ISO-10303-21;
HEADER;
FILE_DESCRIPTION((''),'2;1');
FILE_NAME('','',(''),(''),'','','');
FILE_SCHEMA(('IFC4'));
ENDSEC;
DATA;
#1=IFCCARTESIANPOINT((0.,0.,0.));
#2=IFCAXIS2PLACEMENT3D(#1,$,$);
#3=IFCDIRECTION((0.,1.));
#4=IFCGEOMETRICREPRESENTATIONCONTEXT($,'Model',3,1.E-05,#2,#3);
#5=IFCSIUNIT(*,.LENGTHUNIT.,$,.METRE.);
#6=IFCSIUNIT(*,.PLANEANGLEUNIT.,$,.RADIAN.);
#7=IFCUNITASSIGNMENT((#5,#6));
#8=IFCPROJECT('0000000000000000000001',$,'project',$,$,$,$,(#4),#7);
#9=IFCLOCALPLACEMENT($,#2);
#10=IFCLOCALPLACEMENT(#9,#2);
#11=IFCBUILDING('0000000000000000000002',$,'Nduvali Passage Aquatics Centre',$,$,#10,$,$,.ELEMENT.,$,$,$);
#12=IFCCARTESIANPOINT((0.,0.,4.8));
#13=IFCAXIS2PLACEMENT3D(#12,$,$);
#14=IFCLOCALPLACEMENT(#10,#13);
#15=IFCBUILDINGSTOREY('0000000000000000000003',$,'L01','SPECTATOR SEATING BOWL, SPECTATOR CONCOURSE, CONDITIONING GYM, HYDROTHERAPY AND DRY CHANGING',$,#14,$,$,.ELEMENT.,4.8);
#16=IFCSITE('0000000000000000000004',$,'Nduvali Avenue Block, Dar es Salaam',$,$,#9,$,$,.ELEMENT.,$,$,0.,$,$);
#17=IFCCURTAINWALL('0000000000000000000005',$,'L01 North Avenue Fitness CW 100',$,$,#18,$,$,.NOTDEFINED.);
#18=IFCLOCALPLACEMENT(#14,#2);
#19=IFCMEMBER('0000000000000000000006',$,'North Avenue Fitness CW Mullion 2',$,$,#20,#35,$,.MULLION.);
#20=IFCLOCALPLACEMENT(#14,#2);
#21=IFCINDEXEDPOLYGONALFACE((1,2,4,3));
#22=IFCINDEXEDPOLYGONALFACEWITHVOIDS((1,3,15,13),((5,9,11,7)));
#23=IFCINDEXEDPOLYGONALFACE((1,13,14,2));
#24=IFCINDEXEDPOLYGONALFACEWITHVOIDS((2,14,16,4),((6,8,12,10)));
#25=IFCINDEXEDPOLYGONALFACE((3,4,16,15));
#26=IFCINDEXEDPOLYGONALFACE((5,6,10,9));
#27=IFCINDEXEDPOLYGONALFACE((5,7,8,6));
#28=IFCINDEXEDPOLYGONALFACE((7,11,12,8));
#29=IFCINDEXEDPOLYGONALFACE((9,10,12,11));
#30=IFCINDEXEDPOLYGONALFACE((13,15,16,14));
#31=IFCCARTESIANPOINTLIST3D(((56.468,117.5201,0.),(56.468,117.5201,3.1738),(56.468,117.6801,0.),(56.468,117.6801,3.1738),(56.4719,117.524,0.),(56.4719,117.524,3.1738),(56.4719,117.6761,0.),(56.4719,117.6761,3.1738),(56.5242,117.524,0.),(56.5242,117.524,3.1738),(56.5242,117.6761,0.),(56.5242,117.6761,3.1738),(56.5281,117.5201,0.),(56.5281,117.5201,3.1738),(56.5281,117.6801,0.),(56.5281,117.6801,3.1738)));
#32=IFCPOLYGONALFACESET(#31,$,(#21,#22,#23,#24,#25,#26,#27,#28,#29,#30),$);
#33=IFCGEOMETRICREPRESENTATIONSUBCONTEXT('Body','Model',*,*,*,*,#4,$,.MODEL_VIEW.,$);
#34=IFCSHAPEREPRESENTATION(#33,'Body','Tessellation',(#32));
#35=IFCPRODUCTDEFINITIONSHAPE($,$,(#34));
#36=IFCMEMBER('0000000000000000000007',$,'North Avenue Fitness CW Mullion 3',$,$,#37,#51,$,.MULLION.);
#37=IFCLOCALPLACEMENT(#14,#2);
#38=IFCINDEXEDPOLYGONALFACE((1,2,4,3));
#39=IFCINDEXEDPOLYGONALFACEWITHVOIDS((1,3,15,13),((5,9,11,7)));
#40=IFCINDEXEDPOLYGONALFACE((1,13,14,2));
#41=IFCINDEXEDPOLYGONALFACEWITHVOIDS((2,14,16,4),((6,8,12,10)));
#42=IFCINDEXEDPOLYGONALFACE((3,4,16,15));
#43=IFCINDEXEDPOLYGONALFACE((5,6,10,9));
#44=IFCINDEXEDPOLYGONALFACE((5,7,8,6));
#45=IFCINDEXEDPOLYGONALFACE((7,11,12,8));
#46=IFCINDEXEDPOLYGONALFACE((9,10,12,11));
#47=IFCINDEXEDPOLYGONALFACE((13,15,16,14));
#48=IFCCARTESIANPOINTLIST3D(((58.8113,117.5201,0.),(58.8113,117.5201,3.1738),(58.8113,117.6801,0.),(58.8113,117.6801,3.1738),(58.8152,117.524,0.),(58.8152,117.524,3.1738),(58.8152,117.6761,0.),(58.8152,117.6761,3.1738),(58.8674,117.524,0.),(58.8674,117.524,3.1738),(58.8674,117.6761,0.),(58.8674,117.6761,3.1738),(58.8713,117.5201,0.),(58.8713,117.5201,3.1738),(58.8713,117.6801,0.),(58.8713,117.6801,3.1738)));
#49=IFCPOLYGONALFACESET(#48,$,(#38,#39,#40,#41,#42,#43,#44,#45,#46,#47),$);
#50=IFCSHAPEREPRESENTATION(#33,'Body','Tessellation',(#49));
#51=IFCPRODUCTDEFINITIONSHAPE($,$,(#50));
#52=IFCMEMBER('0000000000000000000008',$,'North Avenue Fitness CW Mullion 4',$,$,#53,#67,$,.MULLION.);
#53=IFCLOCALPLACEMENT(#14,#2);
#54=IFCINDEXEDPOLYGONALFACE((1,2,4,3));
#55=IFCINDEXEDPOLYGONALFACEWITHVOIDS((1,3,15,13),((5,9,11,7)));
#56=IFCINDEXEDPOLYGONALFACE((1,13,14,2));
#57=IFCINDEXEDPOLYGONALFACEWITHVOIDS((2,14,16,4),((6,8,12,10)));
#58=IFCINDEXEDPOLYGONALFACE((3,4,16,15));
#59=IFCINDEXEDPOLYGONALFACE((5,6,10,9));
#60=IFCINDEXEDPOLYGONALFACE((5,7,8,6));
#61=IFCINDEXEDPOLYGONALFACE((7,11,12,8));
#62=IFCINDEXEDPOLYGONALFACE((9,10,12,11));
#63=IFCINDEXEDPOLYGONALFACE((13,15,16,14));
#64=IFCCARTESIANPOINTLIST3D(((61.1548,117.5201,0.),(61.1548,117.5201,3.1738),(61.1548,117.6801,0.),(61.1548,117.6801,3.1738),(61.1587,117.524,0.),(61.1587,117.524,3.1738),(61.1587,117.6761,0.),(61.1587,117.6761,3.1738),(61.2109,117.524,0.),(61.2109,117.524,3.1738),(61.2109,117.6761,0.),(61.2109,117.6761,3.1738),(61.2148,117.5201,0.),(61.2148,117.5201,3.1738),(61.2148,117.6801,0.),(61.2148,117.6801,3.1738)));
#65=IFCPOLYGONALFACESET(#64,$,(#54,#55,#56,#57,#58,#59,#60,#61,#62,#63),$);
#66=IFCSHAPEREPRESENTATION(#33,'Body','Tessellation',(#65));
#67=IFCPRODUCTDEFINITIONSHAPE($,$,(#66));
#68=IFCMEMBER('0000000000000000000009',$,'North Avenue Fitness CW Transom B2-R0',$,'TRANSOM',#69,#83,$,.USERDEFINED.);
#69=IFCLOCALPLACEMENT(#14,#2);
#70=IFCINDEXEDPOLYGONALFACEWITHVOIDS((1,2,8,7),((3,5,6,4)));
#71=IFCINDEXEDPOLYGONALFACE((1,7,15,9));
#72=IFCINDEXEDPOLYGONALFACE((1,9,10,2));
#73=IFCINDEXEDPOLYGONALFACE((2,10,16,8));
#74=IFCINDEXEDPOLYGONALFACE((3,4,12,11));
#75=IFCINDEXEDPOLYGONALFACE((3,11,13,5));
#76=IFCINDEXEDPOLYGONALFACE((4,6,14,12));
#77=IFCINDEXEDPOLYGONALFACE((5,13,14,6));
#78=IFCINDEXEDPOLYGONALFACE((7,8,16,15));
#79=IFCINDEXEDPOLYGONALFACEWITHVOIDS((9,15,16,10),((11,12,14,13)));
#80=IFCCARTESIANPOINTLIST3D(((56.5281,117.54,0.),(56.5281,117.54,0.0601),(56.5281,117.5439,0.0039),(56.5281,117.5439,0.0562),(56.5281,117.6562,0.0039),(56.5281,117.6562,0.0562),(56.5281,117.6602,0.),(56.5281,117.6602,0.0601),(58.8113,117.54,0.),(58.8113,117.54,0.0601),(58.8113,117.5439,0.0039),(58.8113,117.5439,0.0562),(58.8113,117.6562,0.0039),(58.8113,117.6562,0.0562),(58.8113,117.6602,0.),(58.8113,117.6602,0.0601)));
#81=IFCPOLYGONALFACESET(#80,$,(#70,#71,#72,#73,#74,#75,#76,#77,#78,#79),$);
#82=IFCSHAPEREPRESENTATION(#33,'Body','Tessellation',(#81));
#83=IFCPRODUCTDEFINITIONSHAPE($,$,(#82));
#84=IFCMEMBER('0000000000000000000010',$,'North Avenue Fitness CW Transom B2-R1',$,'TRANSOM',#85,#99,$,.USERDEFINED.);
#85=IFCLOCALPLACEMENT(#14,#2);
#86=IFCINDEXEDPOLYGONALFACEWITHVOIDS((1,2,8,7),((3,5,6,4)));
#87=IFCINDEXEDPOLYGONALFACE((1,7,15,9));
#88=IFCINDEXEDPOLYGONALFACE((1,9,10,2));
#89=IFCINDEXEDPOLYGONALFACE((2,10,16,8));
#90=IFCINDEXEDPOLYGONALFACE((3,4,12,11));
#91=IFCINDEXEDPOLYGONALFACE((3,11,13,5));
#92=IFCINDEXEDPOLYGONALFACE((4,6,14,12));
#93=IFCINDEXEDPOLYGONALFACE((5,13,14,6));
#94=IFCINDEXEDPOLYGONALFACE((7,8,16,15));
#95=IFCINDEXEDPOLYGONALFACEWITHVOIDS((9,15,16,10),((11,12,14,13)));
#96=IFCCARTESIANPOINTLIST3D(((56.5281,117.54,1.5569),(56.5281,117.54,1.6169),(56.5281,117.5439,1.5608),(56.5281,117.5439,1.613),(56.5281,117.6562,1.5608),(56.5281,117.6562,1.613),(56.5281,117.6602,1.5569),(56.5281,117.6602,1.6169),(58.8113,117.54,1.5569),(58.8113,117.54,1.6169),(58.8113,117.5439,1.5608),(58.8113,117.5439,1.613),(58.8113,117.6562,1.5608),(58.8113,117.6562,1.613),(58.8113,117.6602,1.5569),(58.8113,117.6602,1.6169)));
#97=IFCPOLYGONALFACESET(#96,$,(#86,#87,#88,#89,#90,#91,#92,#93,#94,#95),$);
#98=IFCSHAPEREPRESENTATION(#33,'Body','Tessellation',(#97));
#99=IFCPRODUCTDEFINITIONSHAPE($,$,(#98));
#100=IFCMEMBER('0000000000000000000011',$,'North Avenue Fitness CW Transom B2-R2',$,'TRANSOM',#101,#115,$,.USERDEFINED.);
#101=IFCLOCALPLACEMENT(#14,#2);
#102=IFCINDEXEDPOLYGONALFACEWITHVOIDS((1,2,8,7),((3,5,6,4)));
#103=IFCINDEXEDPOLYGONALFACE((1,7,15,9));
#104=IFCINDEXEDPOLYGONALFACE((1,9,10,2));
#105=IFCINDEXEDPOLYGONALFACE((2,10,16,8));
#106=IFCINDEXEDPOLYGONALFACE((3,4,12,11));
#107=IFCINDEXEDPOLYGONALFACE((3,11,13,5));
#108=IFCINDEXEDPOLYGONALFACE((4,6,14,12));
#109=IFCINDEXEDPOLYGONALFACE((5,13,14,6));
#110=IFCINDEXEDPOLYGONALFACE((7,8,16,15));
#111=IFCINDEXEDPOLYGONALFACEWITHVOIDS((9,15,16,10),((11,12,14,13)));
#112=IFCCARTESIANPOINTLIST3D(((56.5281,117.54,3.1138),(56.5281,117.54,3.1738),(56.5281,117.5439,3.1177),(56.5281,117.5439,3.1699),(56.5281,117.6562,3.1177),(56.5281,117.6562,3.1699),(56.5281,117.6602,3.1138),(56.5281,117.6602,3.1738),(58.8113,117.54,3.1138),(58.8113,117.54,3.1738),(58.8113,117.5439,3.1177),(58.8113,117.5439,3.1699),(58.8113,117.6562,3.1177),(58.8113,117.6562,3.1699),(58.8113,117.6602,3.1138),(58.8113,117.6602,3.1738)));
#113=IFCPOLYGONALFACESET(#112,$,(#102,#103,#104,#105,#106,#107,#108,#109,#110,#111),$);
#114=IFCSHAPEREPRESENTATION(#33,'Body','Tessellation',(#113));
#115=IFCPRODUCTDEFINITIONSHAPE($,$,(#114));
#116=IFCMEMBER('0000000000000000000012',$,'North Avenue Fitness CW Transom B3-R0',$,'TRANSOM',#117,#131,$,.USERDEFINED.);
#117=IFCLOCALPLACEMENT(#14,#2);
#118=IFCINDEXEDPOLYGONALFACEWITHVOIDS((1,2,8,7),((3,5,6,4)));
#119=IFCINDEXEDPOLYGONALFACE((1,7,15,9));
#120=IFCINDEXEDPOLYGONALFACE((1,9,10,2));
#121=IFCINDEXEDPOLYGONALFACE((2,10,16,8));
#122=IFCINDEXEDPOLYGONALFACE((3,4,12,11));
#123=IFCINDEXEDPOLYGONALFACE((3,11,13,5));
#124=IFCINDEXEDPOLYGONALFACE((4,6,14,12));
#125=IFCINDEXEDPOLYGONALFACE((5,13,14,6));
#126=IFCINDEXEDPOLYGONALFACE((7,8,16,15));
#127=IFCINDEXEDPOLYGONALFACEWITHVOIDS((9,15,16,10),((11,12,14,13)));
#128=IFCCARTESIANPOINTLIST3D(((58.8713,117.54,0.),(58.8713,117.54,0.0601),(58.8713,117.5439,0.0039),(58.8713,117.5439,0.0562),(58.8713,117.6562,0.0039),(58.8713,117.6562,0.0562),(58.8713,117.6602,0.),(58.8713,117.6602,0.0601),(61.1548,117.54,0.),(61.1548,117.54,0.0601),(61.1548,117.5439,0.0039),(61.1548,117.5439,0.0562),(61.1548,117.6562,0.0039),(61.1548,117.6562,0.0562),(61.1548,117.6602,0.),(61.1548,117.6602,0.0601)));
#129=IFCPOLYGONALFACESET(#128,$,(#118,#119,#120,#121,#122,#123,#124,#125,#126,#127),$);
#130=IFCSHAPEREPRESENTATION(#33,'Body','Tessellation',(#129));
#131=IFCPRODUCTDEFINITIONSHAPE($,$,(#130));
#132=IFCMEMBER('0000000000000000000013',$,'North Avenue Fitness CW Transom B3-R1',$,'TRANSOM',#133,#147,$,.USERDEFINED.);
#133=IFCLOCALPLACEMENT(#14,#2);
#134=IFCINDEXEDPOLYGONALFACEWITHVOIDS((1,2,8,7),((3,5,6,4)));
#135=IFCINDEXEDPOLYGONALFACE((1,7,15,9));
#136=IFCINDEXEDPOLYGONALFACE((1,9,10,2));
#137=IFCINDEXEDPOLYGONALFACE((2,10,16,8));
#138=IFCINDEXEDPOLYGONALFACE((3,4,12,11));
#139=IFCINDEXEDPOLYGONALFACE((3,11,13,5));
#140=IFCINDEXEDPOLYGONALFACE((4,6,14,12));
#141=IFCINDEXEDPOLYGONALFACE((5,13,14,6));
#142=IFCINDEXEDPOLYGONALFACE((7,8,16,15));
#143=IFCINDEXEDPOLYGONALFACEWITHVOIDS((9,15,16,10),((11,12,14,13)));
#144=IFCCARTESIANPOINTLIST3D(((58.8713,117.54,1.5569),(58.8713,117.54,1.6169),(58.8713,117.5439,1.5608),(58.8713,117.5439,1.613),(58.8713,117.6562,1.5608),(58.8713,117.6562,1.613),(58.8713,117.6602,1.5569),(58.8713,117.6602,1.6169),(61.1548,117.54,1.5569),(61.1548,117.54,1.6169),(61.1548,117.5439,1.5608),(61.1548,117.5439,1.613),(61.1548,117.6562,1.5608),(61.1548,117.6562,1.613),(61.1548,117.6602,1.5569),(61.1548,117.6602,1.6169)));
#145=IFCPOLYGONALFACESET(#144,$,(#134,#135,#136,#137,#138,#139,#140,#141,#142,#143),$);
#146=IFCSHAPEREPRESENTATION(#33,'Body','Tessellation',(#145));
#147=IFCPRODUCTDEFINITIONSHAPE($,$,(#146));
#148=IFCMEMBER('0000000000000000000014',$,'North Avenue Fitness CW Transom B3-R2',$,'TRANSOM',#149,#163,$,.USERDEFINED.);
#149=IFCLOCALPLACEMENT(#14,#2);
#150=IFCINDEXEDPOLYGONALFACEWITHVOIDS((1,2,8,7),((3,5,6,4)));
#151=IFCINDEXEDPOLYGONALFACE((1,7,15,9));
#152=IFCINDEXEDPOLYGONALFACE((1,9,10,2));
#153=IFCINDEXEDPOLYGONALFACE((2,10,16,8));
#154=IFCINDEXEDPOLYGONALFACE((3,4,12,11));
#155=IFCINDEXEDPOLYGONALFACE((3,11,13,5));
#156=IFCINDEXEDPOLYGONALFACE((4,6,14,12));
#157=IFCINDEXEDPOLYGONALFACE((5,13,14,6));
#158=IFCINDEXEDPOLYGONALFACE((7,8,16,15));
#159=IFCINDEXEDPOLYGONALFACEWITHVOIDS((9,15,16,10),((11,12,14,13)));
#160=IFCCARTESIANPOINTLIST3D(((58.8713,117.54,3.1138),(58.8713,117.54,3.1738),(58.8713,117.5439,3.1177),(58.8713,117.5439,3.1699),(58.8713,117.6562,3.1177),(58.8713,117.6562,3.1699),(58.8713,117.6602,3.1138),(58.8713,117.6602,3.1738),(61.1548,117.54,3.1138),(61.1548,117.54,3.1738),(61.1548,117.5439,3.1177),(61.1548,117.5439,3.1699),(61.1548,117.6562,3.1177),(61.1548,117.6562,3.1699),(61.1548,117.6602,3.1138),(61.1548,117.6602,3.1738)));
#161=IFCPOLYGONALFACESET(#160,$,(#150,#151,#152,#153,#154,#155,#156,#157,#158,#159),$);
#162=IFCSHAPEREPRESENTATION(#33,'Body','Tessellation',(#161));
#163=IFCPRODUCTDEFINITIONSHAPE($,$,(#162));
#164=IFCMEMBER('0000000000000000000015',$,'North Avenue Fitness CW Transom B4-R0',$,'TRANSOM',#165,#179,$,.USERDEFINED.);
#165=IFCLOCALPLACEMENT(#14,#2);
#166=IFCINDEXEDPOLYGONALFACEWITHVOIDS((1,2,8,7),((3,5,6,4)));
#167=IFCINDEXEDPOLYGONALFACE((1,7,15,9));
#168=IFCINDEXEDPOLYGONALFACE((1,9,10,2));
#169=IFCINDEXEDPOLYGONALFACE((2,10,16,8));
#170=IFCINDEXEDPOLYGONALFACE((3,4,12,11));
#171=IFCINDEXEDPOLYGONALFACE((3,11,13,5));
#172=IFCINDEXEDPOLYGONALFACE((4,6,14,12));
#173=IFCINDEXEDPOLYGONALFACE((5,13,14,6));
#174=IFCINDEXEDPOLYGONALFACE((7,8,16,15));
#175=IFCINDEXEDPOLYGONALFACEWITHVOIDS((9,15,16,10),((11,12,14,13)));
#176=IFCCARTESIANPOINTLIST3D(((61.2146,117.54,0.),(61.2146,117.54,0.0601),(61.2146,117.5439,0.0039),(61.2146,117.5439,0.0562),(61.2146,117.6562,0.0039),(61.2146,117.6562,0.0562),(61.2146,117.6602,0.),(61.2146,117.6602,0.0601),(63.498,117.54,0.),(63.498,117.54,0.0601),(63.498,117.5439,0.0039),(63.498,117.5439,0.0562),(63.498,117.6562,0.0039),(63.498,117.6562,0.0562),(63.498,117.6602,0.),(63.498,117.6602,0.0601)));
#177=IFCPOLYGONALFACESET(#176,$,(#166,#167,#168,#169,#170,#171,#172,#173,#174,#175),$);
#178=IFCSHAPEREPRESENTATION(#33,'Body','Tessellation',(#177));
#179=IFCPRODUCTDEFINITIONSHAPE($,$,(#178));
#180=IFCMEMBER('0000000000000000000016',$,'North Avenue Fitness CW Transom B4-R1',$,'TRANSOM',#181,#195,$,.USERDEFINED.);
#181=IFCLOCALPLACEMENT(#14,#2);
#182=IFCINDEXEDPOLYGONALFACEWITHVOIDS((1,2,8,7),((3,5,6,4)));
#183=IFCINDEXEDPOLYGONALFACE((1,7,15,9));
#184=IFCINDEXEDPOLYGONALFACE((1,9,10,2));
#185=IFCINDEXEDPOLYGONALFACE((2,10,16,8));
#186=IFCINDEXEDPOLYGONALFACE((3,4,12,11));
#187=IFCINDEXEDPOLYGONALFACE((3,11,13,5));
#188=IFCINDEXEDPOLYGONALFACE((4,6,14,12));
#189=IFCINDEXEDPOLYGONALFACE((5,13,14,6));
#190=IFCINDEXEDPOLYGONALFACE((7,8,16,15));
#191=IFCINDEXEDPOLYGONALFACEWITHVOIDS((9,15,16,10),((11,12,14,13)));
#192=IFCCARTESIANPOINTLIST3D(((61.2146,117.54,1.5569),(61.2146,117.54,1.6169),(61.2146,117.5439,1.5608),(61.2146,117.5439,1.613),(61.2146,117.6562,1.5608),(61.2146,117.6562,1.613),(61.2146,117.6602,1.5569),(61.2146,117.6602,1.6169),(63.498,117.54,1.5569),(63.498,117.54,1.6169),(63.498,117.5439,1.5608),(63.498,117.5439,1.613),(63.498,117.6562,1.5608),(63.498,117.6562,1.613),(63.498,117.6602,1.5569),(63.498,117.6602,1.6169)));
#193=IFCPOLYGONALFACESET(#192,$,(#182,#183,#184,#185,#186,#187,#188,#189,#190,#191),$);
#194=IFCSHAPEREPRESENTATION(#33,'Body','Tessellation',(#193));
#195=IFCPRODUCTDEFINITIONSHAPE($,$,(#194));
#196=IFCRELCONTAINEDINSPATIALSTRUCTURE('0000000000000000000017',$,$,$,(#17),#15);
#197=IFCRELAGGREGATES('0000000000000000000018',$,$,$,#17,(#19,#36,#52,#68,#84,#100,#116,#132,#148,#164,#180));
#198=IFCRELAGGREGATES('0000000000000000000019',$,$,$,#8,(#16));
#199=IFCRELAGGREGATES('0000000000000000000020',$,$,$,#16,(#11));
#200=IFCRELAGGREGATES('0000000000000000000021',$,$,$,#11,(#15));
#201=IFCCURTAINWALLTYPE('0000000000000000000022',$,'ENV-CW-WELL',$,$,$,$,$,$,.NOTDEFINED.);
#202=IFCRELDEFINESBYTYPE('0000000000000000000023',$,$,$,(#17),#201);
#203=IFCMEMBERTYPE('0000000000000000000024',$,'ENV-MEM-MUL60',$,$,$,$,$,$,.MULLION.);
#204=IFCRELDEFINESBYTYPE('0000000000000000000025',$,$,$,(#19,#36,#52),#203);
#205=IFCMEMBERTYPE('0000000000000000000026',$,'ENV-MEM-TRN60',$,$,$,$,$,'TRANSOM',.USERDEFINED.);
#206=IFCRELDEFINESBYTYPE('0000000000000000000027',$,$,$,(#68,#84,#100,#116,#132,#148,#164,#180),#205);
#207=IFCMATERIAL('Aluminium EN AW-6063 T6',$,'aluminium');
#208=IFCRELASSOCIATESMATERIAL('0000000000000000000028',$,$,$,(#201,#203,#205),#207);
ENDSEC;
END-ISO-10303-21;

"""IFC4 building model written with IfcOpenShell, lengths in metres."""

from ifc_helpers import new_model, si_unit, direction, frame, origin, origin_2d, place, context, subcontext, project, spatial, hollow_rectangle, extrude, material, material_profile, profile_set, type_object, element, aggregate, save


model = new_model("IFC4")

# Units and contexts
model_context = context("Model", 3, precision=1e-05, world=origin(), true_north=direction((0.0, 1.0)))
body_context = subcontext(model_context, "Body", "Model", "MODEL_VIEW")
ifc_project = project(units=[si_unit("LENGTHUNIT", "METRE"), si_unit("PLANEANGLEUNIT", "RADIAN")], contexts=[model_context])

# Site, building, storey
site_placement = place(None, origin())
site = spatial("IfcSite", under=ifc_project, at=site_placement, Name="Nduvali Avenue Block, Dar es Salaam", CompositionType="ELEMENT", RefElevation=0.0)
building_placement = place(site_placement, origin())
building = spatial("IfcBuilding", under=site, at=building_placement, Name="Nduvali Passage Aquatics Centre", CompositionType="ELEMENT")
storey_placement = place(building_placement, frame((0.0, 0.0, 4.8)))
storey = spatial("IfcBuildingStorey", under=building, at=storey_placement, Name="L01", Description="SPECTATOR SEATING BOWL, SPECTATOR CONCOURSE, CONDITIONING GYM, HYDROTHERAPY AND DRY CHANGING", CompositionType="ELEMENT", Elevation=4.8)

# Curtain wall, members
ifc_material_1 = material(Name="Aluminium EN AW-6063 T6", Category="aluminium")
curtain_wall_type = type_object("IfcCurtainWallType", Name="ENV-CW-WELL", PredefinedType="NOTDEFINED", material=ifc_material_1)
curtain_wall_placement = place(storey_placement, origin())
curtain_wall = element("IfcCurtainWall", 1, at=curtain_wall_placement, inside=storey, type_object=curtain_wall_type, Name="L01 North Avenue Fitness CW 100", PredefinedType="NOTDEFINED")
ifc_material_profile_1 = material_profile(ifc_material_1, hollow_rectangle(XDim=0.0601, YDim=0.1599, WallThickness=0.0039, at=origin_2d()), Name="ALU MULLION 60x160x4")
ifc_profile_set_1 = profile_set([ifc_material_profile_1], Name="Aluminium EN AW-6063 T6")
member_type_1 = type_object("IfcMemberType", Name="ENV-MEM-MUL60", PredefinedType="MULLION", material=ifc_profile_set_1)
member_1_placement = place(storey_placement, frame((56.498, 117.6001, 0.0), z_axis=(0.0, 0.0, 1.0), x_axis=(1.0, 0.0, 0.0)))
member_1 = element("IfcMember", 2, at=member_1_placement, type_object=member_type_1, Name="North Avenue Fitness CW Mullion 2", PredefinedType="MULLION", context=body_context, shape_type="SweptSolid", body=[
    extrude(hollow_rectangle(XDim=0.0601, YDim=0.1599, WallThickness=0.0039, at=origin_2d()), origin(), (0.0, 0.0, 1.0), 3.1738),
])
member_2_placement = place(storey_placement, frame((58.8413, 117.6001, 0.0), z_axis=(0.0, 0.0, 1.0), x_axis=(1.0, 0.0, 0.0)))
member_2 = element("IfcMember", 3, at=member_2_placement, type_object=member_type_1, Name="North Avenue Fitness CW Mullion 3", PredefinedType="MULLION", context=body_context, shape_type="SweptSolid", body=[
    extrude(hollow_rectangle(XDim=0.0601, YDim=0.1599, WallThickness=0.0039, at=origin_2d()), origin(), (0.0, 0.0, 1.0), 3.1738),
])
member_3_placement = place(storey_placement, frame((61.1848, 117.6001, 0.0), z_axis=(0.0, 0.0, 1.0), x_axis=(1.0, 0.0, 0.0)))
member_3 = element("IfcMember", 4, at=member_3_placement, type_object=member_type_1, Name="North Avenue Fitness CW Mullion 4", PredefinedType="MULLION", context=body_context, shape_type="SweptSolid", body=[
    extrude(hollow_rectangle(XDim=0.0601, YDim=0.1599, WallThickness=0.0039, at=origin_2d()), origin(), (0.0, 0.0, 1.0), 3.1738),
])
ifc_material_profile_2 = material_profile(ifc_material_1, hollow_rectangle(XDim=0.1201, YDim=0.0601, WallThickness=0.0039, at=origin_2d()), Name="ALU TRANSOM 120x60x4")
ifc_profile_set_2 = profile_set([ifc_material_profile_2], Name="Aluminium EN AW-6063 T6")
member_type_2 = type_object("IfcMemberType", Name="ENV-MEM-TRN60", ElementType="TRANSOM", PredefinedType="USERDEFINED", material=ifc_profile_set_2)
member_4_placement = place(storey_placement, frame((56.5281, 117.6001, 0.03), z_axis=(1.0, 0.0, 0.0), x_axis=(0.0, 1.0, 0.0)))
member_4 = element("IfcMember", 5, at=member_4_placement, type_object=member_type_2, Name="North Avenue Fitness CW Transom B2-R0", ObjectType="TRANSOM", PredefinedType="USERDEFINED", context=body_context, shape_type="SweptSolid", body=[
    extrude(hollow_rectangle(XDim=0.1201, YDim=0.0601, WallThickness=0.0039, at=origin_2d()), origin(), (0.0, 0.0, 1.0), 2.2832),
])
member_5_placement = place(storey_placement, frame((56.5281, 117.6001, 1.5869), z_axis=(1.0, 0.0, 0.0), x_axis=(0.0, 1.0, 0.0)))
member_5 = element("IfcMember", 6, at=member_5_placement, type_object=member_type_2, Name="North Avenue Fitness CW Transom B2-R1", ObjectType="TRANSOM", PredefinedType="USERDEFINED", context=body_context, shape_type="SweptSolid", body=[
    extrude(hollow_rectangle(XDim=0.1201, YDim=0.0601, WallThickness=0.0039, at=origin_2d()), origin(), (0.0, 0.0, 1.0), 2.2832),
])
member_6_placement = place(storey_placement, frame((56.5281, 117.6001, 3.1438), z_axis=(1.0, 0.0, 0.0), x_axis=(0.0, 1.0, 0.0)))
member_6 = element("IfcMember", 7, at=member_6_placement, type_object=member_type_2, Name="North Avenue Fitness CW Transom B2-R2", ObjectType="TRANSOM", PredefinedType="USERDEFINED", context=body_context, shape_type="SweptSolid", body=[
    extrude(hollow_rectangle(XDim=0.1201, YDim=0.0601, WallThickness=0.0039, at=origin_2d()), origin(), (0.0, 0.0, 1.0), 2.2832),
])
member_7_placement = place(storey_placement, frame((58.8713, 117.6001, 0.03), z_axis=(1.0, 0.0, 0.0), x_axis=(0.0, 1.0, 0.0)))
member_7 = element("IfcMember", 8, at=member_7_placement, type_object=member_type_2, Name="North Avenue Fitness CW Transom B3-R0", ObjectType="TRANSOM", PredefinedType="USERDEFINED", context=body_context, shape_type="SweptSolid", body=[
    extrude(hollow_rectangle(XDim=0.1201, YDim=0.0601, WallThickness=0.0039, at=origin_2d()), origin(), (0.0, 0.0, 1.0), 2.2834),
])
member_8_placement = place(storey_placement, frame((58.8713, 117.6001, 1.5869), z_axis=(1.0, 0.0, 0.0), x_axis=(0.0, 1.0, 0.0)))
member_8 = element("IfcMember", 9, at=member_8_placement, type_object=member_type_2, Name="North Avenue Fitness CW Transom B3-R1", ObjectType="TRANSOM", PredefinedType="USERDEFINED", context=body_context, shape_type="SweptSolid", body=[
    extrude(hollow_rectangle(XDim=0.1201, YDim=0.0601, WallThickness=0.0039, at=origin_2d()), origin(), (0.0, 0.0, 1.0), 2.2834),
])
member_9_placement = place(storey_placement, frame((58.8713, 117.6001, 3.1438), z_axis=(1.0, 0.0, 0.0), x_axis=(0.0, 1.0, 0.0)))
member_9 = element("IfcMember", 10, at=member_9_placement, type_object=member_type_2, Name="North Avenue Fitness CW Transom B3-R2", ObjectType="TRANSOM", PredefinedType="USERDEFINED", context=body_context, shape_type="SweptSolid", body=[
    extrude(hollow_rectangle(XDim=0.1201, YDim=0.0601, WallThickness=0.0039, at=origin_2d()), origin(), (0.0, 0.0, 1.0), 2.2834),
])
member_10_placement = place(storey_placement, frame((61.2146, 117.6001, 0.03), z_axis=(1.0, 0.0, 0.0), x_axis=(0.0, 1.0, 0.0)))
member_10 = element("IfcMember", 11, at=member_10_placement, type_object=member_type_2, Name="North Avenue Fitness CW Transom B4-R0", ObjectType="TRANSOM", PredefinedType="USERDEFINED", context=body_context, shape_type="SweptSolid", body=[
    extrude(hollow_rectangle(XDim=0.1201, YDim=0.0601, WallThickness=0.0039, at=origin_2d()), origin(), (0.0, 0.0, 1.0), 2.2834),
])
member_11_placement = place(storey_placement, frame((61.2146, 117.6001, 1.5869), z_axis=(1.0, 0.0, 0.0), x_axis=(0.0, 1.0, 0.0)))
member_11 = element("IfcMember", 12, at=member_11_placement, type_object=member_type_2, Name="North Avenue Fitness CW Transom B4-R1", ObjectType="TRANSOM", PredefinedType="USERDEFINED", context=body_context, shape_type="SweptSolid", body=[
    extrude(hollow_rectangle(XDim=0.1201, YDim=0.0601, WallThickness=0.0039, at=origin_2d()), origin(), (0.0, 0.0, 1.0), 2.2834),
])

aggregate(curtain_wall, [member_1, member_2, member_3, member_4, member_5, member_6, member_7, member_8, member_9, member_10, member_11])

save(model, "model.ifc")
